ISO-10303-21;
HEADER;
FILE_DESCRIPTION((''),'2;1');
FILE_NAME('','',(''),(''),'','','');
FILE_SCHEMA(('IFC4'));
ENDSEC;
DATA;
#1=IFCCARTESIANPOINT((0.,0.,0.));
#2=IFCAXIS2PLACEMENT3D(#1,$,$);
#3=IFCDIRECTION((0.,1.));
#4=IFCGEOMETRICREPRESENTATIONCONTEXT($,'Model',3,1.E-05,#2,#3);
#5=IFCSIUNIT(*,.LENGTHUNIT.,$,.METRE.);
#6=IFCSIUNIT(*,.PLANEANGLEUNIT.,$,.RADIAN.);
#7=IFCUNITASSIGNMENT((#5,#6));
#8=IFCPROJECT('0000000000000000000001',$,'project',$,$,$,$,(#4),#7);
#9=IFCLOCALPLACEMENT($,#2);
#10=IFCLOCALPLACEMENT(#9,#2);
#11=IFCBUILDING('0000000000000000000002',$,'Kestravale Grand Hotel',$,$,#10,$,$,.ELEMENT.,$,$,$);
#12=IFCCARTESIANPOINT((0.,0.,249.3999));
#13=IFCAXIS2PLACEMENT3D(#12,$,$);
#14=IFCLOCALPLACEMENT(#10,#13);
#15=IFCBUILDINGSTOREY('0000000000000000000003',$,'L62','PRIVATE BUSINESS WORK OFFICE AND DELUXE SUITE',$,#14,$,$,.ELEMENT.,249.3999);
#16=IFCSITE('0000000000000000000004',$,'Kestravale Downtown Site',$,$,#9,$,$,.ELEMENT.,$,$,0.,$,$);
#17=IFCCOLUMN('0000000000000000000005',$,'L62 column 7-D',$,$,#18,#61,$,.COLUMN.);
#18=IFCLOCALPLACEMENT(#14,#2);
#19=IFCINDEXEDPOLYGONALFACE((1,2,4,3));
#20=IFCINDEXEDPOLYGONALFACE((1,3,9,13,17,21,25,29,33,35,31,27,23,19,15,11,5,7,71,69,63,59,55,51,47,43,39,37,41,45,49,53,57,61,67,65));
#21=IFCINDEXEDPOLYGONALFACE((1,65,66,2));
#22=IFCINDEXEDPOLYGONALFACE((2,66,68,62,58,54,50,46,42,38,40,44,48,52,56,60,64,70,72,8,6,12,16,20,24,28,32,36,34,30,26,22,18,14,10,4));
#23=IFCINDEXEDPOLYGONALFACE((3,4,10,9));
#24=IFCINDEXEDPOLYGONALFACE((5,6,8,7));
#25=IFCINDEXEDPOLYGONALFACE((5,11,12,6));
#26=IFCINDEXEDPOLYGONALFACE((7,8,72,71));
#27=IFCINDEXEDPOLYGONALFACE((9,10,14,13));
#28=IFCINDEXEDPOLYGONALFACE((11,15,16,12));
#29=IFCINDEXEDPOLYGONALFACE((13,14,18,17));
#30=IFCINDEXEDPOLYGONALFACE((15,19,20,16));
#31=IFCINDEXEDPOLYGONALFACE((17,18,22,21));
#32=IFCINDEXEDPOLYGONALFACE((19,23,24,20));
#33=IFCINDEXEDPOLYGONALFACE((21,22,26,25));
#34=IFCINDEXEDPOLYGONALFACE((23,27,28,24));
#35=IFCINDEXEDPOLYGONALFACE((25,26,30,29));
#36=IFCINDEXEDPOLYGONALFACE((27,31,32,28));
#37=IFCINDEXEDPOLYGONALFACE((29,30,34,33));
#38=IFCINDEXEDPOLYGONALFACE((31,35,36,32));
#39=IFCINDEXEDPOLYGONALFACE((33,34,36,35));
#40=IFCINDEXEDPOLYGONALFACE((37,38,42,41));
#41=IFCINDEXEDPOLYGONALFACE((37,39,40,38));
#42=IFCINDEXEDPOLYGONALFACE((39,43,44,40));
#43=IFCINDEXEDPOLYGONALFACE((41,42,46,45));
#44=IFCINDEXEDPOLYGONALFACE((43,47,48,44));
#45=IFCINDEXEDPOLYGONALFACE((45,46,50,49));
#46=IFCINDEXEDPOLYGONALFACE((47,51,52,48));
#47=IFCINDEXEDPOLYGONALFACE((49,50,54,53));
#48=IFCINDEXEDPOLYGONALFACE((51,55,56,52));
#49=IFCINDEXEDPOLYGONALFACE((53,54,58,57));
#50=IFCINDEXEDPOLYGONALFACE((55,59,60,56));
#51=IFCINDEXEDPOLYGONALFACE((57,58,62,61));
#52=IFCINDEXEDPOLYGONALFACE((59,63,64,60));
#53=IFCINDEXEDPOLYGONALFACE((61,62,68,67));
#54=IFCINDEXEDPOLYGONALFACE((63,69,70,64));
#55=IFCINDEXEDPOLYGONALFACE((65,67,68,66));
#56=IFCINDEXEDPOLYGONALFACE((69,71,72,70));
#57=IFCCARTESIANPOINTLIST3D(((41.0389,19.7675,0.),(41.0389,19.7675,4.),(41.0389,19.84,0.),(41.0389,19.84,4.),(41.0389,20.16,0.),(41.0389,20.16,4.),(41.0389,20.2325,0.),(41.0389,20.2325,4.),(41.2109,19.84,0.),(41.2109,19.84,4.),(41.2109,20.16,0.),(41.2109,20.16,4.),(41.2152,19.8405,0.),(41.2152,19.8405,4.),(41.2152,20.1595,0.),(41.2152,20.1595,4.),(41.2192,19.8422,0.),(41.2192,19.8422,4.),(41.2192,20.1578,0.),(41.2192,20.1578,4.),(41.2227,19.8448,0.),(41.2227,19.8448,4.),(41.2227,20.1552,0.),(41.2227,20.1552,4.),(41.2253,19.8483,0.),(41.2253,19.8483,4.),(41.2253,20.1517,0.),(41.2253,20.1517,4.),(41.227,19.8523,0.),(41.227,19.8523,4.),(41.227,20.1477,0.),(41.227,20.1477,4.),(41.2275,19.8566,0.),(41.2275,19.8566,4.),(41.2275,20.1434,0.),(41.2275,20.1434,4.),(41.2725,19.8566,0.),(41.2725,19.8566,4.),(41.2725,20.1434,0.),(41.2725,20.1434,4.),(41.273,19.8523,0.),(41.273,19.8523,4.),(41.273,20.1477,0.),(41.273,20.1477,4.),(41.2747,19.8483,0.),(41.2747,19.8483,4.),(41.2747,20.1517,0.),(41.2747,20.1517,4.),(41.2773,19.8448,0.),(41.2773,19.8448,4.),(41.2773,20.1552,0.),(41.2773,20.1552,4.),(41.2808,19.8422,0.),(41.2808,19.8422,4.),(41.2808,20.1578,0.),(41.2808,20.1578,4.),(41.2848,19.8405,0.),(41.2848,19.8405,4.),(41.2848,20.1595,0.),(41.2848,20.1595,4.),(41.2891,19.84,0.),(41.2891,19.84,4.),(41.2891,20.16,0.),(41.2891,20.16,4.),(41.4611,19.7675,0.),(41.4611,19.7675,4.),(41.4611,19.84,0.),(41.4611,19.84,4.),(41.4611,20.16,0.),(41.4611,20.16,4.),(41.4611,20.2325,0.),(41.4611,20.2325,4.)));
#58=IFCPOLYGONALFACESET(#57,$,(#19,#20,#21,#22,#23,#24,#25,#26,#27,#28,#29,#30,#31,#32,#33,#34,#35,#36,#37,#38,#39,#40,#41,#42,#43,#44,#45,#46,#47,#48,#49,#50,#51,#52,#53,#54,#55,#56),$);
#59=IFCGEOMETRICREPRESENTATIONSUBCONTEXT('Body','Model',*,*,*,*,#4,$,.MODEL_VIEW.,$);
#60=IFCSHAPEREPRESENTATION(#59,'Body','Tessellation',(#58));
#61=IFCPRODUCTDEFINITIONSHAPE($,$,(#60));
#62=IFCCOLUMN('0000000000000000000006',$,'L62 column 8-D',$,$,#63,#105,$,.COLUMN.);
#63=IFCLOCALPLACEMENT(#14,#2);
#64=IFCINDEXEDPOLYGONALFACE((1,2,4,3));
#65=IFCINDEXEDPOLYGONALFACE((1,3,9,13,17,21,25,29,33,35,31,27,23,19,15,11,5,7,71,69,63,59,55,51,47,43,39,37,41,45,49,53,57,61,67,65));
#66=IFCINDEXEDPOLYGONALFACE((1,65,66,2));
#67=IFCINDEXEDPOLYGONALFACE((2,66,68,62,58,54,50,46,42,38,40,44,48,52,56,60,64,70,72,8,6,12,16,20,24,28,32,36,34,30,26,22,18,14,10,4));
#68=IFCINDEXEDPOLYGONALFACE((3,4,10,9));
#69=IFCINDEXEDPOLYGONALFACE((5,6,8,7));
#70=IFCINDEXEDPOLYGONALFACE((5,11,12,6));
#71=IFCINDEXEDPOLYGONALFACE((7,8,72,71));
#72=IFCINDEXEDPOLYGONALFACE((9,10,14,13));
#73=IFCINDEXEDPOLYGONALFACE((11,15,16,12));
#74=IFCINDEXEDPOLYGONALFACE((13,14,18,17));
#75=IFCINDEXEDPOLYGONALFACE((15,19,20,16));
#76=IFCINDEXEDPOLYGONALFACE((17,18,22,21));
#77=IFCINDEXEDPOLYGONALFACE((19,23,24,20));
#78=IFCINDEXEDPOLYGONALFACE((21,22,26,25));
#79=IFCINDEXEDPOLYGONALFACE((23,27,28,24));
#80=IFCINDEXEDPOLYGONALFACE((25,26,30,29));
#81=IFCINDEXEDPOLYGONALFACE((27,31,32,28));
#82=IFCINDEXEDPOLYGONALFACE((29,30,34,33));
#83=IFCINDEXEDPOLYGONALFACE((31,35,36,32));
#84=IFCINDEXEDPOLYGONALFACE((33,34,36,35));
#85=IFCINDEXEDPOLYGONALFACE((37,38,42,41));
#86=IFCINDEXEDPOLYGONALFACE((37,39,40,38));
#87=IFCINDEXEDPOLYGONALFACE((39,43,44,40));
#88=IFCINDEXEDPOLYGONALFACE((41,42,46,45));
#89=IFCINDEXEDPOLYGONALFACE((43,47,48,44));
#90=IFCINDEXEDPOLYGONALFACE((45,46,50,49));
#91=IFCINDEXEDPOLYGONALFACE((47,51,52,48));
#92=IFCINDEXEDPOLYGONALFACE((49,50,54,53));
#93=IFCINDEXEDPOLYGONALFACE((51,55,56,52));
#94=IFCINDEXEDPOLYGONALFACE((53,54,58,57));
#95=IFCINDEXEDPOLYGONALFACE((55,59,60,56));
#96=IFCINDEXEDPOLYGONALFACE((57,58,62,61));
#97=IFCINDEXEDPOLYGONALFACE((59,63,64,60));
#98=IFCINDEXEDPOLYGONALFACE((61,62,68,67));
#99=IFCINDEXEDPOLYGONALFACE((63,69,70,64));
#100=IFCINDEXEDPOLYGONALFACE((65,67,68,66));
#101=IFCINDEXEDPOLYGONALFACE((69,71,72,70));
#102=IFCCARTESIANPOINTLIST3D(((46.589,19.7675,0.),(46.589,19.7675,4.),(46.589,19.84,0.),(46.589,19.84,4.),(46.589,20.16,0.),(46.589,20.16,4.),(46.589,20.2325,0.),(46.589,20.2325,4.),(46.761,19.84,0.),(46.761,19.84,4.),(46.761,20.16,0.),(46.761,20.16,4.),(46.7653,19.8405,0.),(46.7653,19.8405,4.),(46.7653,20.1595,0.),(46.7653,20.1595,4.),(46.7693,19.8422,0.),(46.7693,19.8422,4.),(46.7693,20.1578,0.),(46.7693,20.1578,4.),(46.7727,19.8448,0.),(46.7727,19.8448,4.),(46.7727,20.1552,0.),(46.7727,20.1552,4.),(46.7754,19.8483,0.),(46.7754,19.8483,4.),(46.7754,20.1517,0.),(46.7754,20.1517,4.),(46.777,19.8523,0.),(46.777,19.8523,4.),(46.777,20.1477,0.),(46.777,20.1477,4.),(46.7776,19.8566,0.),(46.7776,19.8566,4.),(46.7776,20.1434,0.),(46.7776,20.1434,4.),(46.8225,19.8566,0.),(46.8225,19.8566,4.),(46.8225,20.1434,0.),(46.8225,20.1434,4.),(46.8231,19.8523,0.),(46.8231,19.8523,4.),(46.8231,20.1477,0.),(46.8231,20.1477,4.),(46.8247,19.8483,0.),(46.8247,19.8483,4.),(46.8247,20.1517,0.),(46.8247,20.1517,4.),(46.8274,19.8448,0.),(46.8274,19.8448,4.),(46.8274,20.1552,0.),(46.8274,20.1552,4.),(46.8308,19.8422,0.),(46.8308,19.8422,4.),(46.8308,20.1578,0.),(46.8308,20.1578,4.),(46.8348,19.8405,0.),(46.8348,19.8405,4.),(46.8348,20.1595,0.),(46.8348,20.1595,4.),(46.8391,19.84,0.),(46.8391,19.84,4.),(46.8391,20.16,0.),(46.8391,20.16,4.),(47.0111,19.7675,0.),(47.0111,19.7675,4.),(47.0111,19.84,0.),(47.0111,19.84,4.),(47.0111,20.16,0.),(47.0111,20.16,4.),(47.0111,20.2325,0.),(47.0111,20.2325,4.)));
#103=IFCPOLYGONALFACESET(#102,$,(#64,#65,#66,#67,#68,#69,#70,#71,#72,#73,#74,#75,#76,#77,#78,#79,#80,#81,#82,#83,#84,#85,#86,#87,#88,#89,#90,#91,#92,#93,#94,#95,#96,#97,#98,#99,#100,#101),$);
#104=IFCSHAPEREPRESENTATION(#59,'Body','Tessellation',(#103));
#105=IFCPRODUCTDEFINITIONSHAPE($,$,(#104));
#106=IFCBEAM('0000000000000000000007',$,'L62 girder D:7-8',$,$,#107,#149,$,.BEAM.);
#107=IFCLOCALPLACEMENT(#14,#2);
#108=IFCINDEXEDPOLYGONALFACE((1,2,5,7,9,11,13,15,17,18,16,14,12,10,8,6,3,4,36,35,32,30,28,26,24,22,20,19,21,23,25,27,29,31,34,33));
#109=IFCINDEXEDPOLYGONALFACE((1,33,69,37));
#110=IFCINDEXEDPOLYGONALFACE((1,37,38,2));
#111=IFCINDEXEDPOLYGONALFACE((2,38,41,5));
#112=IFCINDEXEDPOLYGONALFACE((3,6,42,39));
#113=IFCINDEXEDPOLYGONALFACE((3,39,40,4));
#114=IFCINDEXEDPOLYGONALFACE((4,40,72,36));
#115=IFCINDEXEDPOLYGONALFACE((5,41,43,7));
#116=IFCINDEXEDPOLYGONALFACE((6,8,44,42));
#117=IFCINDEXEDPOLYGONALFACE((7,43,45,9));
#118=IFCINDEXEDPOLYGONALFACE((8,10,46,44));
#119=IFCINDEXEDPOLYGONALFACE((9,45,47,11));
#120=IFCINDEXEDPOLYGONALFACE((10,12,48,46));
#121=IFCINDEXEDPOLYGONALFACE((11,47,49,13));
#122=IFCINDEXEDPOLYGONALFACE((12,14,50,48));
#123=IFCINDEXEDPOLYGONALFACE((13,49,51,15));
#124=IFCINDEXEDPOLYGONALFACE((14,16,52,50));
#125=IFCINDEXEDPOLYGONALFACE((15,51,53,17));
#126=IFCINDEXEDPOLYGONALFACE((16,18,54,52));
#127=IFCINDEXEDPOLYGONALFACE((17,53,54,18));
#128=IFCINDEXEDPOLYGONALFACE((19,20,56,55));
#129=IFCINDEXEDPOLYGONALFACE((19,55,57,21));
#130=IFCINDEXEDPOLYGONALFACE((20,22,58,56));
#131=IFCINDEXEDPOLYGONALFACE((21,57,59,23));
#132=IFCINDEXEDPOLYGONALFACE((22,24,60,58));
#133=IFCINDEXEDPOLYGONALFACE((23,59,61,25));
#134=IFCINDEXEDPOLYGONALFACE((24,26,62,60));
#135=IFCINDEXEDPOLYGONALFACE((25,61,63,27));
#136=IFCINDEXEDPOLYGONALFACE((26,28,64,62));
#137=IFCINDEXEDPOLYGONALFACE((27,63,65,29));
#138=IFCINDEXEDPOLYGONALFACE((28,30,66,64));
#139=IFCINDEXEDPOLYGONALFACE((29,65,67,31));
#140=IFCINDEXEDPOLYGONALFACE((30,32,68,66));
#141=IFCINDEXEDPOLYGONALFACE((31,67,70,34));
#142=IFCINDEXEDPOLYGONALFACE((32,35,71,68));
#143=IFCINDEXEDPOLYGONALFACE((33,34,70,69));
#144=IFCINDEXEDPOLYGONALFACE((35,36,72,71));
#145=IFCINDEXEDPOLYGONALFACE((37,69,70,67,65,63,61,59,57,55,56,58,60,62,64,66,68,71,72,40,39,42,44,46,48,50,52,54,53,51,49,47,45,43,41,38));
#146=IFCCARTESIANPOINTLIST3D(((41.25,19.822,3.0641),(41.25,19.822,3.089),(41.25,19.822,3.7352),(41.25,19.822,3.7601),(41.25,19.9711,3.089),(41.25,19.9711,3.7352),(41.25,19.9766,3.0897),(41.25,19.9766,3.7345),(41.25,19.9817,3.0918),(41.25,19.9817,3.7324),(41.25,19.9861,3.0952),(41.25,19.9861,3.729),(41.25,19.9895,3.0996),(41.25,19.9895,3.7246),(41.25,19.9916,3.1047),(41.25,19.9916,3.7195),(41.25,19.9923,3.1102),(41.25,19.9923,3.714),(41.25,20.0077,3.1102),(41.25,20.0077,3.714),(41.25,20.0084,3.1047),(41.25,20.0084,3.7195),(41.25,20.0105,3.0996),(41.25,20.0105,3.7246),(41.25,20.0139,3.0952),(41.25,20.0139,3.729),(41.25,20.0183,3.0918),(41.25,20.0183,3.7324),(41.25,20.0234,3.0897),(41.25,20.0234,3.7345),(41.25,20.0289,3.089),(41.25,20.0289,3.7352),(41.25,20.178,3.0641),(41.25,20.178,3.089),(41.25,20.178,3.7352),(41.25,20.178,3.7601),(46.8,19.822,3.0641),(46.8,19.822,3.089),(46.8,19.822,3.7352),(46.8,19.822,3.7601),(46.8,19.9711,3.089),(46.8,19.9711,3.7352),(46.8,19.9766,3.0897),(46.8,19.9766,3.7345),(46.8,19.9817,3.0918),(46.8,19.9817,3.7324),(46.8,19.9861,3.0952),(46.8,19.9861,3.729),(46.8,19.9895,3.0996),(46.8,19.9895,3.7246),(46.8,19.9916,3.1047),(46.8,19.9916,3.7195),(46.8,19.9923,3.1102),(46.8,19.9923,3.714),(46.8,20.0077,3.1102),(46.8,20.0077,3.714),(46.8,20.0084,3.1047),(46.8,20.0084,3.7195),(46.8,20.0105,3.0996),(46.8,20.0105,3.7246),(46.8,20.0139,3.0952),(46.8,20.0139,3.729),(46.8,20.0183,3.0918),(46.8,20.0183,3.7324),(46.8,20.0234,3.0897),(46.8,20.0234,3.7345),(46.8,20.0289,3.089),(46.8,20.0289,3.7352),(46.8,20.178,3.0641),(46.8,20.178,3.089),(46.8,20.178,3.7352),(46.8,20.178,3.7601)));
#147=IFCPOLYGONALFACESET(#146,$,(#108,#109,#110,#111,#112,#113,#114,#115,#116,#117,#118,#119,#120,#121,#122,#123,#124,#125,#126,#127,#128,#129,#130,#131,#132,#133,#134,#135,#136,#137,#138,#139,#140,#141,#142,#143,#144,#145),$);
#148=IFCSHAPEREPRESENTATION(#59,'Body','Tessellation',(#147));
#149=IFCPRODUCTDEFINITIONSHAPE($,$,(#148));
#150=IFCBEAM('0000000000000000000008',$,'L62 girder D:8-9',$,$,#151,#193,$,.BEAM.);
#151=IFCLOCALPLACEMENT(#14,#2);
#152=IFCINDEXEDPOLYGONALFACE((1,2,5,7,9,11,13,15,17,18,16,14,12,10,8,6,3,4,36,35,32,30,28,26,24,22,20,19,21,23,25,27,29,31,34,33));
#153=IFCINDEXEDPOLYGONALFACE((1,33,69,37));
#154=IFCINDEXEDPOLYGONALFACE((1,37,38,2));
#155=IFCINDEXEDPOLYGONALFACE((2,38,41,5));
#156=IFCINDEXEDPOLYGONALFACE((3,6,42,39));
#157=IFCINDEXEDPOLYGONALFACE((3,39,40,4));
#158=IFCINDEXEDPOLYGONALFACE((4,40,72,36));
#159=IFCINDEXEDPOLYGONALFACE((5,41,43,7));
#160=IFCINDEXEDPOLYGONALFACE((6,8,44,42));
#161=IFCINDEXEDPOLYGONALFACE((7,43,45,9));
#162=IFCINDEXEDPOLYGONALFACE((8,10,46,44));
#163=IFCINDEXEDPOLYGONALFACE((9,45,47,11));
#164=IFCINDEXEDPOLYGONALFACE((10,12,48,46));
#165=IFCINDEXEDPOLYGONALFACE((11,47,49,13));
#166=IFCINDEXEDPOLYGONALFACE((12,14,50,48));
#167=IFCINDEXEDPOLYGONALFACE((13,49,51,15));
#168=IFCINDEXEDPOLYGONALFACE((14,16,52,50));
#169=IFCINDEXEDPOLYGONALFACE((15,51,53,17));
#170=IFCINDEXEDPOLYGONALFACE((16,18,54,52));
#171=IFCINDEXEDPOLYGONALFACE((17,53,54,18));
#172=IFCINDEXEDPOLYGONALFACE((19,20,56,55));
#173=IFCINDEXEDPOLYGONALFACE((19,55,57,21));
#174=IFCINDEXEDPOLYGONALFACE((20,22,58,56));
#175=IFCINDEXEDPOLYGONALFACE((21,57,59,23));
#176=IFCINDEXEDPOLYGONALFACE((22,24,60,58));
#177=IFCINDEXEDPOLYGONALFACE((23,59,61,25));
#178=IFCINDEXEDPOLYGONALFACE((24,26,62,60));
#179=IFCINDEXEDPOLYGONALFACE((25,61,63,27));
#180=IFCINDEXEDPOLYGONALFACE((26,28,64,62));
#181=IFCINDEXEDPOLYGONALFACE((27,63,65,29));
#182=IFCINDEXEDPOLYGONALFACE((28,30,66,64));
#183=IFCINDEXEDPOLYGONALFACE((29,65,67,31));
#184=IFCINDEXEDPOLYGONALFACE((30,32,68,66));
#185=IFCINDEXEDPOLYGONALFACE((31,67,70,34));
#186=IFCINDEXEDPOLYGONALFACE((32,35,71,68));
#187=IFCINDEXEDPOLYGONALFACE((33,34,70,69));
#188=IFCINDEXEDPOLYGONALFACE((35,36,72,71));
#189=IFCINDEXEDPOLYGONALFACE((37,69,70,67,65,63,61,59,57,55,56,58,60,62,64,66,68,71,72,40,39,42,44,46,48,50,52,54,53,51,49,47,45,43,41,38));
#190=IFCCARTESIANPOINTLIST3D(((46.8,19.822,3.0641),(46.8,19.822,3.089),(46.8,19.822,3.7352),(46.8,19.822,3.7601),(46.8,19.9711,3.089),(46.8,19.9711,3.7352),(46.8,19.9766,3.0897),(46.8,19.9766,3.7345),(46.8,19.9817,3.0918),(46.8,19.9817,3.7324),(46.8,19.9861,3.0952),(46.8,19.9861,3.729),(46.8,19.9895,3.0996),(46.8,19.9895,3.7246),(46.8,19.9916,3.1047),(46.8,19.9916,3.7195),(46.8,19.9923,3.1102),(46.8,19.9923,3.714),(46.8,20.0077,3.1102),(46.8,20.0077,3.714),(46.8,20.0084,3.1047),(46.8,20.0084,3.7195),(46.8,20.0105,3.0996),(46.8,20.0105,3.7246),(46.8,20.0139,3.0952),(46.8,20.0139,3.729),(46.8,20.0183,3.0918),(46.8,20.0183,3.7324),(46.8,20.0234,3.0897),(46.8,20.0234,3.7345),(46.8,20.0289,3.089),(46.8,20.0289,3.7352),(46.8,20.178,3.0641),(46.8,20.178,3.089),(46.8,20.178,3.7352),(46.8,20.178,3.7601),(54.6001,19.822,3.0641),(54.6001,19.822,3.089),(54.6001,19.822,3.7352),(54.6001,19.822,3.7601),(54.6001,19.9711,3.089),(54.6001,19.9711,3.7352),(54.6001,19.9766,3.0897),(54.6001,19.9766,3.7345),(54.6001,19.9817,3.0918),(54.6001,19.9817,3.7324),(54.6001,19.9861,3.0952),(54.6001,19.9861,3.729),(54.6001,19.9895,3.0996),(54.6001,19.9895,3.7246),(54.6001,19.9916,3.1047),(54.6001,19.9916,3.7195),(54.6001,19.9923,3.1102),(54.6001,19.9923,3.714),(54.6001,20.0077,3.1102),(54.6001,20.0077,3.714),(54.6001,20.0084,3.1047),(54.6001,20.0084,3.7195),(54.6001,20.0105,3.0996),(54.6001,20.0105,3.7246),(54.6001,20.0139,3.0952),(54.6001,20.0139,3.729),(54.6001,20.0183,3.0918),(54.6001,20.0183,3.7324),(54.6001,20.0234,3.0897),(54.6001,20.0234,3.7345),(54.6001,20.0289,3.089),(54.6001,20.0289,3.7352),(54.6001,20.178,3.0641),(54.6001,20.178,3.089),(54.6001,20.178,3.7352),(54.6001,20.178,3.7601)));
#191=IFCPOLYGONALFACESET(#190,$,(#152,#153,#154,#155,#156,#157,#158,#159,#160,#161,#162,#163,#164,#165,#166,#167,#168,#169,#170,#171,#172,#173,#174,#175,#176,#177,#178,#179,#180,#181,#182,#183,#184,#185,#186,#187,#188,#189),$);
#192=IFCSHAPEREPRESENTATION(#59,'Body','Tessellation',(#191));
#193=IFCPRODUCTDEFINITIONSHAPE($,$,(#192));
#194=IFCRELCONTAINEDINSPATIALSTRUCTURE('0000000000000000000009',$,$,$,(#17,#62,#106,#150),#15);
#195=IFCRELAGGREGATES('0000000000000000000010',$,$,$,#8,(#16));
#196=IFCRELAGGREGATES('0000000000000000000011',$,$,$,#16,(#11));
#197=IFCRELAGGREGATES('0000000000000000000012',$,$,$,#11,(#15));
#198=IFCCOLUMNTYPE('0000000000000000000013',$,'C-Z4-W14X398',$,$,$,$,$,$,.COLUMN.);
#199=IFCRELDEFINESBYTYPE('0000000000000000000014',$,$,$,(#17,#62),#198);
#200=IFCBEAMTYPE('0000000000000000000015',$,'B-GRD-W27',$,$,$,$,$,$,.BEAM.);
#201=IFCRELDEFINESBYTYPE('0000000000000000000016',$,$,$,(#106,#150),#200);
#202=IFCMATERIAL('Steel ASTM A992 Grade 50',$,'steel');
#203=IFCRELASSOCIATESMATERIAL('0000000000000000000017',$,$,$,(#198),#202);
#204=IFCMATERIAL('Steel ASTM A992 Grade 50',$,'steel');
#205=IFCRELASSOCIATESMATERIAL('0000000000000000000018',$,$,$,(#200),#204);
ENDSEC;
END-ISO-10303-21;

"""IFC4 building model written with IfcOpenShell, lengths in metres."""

from ifc_helpers import new_model, si_unit, direction, frame, origin, origin_2d, place, context, subcontext, project, spatial, i_section, extrude, material, material_profile, profile_set, type_object, element, save


model = new_model("IFC4")

# Units and contexts
model_context = context("Model", 3, precision=1e-05, world=origin(), true_north=direction((0.0, 1.0)))
body_context = subcontext(model_context, "Body", "Model", "MODEL_VIEW")
ifc_project = project(units=[si_unit("LENGTHUNIT", "METRE"), si_unit("PLANEANGLEUNIT", "RADIAN")], contexts=[model_context])

# Site, building, storey
site_placement = place(None, origin())
site = spatial("IfcSite", under=ifc_project, at=site_placement, Name="Kestravale Downtown Site", CompositionType="ELEMENT", RefElevation=0.0)
building_placement = place(site_placement, origin())
building = spatial("IfcBuilding", under=site, at=building_placement, Name="Kestravale Grand Hotel", CompositionType="ELEMENT")
storey_placement = place(building_placement, frame((0.0, 0.0, 249.3999)))
storey = spatial("IfcBuildingStorey", under=building, at=storey_placement, Name="L62", Description="PRIVATE BUSINESS WORK OFFICE AND DELUXE SUITE", CompositionType="ELEMENT", Elevation=249.3999)

# Columns
ifc_material_1 = material(Name="Steel ASTM A992 Grade 50", Category="steel")
ifc_material_profile_1 = material_profile(ifc_material_1, i_section(OverallWidth=0.4221, OverallDepth=0.4651, WebThickness=0.0449, FlangeThickness=0.0725, FilletRadius=0.0166, at=origin_2d()))
ifc_profile_set_1 = profile_set([ifc_material_profile_1], Name="Steel ASTM A992 Grade 50")
column_type = type_object("IfcColumnType", Name="C-Z4-W14X398", PredefinedType="COLUMN", material=ifc_profile_set_1)
for number, where, z_axis, x_axis, name in (
    (1, (41.25, 20.0, 0.0), (0.0, 0.0, 1.0), (1.0, 0.0, 0.0), "L62 column 7-D"),
    (2, (46.8, 20.0, 0.0), (0.0, 0.0, 1.0), (1.0, 0.0, 0.0), "L62 column 8-D"),
):
    element("IfcColumn", number, at=place(storey_placement, frame(where, z_axis=z_axis, x_axis=x_axis)), inside=storey, type_object=column_type, Name=name, PredefinedType="COLUMN", context=body_context, shape_type="SweptSolid", body=[
        extrude(i_section(OverallWidth=0.4221, OverallDepth=0.4651, WebThickness=0.0449, FlangeThickness=0.0725, FilletRadius=0.0166, at=origin_2d()), origin(), (0.0, 0.0, 1.0), 4.0),
    ])

# Beams
ifc_material_2 = material(Name="Steel ASTM A992 Grade 50", Category="steel")
ifc_material_profile_2 = material_profile(ifc_material_2, i_section(OverallWidth=0.356, OverallDepth=0.696, WebThickness=0.0154, FlangeThickness=0.0249, FilletRadius=0.0212, at=origin_2d()))
ifc_profile_set_2 = profile_set([ifc_material_profile_2], Name="Steel ASTM A992 Grade 50")
beam_type = type_object("IfcBeamType", Name="B-GRD-W27", PredefinedType="BEAM", material=ifc_profile_set_2)
beam_1_placement = place(storey_placement, frame((41.25, 20.0, 3.4121), z_axis=(1.0, 0.0, 0.0), x_axis=(0.0, 1.0, 0.0)))
element("IfcBeam", 3, at=beam_1_placement, inside=storey, type_object=beam_type, Name="L62 girder D:7-8", PredefinedType="BEAM", context=body_context, shape_type="SweptSolid", body=[
    extrude(i_section(OverallWidth=0.356, OverallDepth=0.696, WebThickness=0.0154, FlangeThickness=0.0249, FilletRadius=0.0212, at=origin_2d()), origin(), (0.0, 0.0, 1.0), 5.55),
])
beam_2_placement = place(storey_placement, frame((46.8, 20.0, 3.4121), z_axis=(1.0, 0.0, 0.0), x_axis=(0.0, 1.0, 0.0)))
element("IfcBeam", 4, at=beam_2_placement, inside=storey, type_object=beam_type, Name="L62 girder D:8-9", PredefinedType="BEAM", context=body_context, shape_type="SweptSolid", body=[
    extrude(i_section(OverallWidth=0.356, OverallDepth=0.696, WebThickness=0.0154, FlangeThickness=0.0249, FilletRadius=0.0212, at=origin_2d()), origin(), (0.0, 0.0, 1.0), 7.8),
])

save(model, "model.ifc")
